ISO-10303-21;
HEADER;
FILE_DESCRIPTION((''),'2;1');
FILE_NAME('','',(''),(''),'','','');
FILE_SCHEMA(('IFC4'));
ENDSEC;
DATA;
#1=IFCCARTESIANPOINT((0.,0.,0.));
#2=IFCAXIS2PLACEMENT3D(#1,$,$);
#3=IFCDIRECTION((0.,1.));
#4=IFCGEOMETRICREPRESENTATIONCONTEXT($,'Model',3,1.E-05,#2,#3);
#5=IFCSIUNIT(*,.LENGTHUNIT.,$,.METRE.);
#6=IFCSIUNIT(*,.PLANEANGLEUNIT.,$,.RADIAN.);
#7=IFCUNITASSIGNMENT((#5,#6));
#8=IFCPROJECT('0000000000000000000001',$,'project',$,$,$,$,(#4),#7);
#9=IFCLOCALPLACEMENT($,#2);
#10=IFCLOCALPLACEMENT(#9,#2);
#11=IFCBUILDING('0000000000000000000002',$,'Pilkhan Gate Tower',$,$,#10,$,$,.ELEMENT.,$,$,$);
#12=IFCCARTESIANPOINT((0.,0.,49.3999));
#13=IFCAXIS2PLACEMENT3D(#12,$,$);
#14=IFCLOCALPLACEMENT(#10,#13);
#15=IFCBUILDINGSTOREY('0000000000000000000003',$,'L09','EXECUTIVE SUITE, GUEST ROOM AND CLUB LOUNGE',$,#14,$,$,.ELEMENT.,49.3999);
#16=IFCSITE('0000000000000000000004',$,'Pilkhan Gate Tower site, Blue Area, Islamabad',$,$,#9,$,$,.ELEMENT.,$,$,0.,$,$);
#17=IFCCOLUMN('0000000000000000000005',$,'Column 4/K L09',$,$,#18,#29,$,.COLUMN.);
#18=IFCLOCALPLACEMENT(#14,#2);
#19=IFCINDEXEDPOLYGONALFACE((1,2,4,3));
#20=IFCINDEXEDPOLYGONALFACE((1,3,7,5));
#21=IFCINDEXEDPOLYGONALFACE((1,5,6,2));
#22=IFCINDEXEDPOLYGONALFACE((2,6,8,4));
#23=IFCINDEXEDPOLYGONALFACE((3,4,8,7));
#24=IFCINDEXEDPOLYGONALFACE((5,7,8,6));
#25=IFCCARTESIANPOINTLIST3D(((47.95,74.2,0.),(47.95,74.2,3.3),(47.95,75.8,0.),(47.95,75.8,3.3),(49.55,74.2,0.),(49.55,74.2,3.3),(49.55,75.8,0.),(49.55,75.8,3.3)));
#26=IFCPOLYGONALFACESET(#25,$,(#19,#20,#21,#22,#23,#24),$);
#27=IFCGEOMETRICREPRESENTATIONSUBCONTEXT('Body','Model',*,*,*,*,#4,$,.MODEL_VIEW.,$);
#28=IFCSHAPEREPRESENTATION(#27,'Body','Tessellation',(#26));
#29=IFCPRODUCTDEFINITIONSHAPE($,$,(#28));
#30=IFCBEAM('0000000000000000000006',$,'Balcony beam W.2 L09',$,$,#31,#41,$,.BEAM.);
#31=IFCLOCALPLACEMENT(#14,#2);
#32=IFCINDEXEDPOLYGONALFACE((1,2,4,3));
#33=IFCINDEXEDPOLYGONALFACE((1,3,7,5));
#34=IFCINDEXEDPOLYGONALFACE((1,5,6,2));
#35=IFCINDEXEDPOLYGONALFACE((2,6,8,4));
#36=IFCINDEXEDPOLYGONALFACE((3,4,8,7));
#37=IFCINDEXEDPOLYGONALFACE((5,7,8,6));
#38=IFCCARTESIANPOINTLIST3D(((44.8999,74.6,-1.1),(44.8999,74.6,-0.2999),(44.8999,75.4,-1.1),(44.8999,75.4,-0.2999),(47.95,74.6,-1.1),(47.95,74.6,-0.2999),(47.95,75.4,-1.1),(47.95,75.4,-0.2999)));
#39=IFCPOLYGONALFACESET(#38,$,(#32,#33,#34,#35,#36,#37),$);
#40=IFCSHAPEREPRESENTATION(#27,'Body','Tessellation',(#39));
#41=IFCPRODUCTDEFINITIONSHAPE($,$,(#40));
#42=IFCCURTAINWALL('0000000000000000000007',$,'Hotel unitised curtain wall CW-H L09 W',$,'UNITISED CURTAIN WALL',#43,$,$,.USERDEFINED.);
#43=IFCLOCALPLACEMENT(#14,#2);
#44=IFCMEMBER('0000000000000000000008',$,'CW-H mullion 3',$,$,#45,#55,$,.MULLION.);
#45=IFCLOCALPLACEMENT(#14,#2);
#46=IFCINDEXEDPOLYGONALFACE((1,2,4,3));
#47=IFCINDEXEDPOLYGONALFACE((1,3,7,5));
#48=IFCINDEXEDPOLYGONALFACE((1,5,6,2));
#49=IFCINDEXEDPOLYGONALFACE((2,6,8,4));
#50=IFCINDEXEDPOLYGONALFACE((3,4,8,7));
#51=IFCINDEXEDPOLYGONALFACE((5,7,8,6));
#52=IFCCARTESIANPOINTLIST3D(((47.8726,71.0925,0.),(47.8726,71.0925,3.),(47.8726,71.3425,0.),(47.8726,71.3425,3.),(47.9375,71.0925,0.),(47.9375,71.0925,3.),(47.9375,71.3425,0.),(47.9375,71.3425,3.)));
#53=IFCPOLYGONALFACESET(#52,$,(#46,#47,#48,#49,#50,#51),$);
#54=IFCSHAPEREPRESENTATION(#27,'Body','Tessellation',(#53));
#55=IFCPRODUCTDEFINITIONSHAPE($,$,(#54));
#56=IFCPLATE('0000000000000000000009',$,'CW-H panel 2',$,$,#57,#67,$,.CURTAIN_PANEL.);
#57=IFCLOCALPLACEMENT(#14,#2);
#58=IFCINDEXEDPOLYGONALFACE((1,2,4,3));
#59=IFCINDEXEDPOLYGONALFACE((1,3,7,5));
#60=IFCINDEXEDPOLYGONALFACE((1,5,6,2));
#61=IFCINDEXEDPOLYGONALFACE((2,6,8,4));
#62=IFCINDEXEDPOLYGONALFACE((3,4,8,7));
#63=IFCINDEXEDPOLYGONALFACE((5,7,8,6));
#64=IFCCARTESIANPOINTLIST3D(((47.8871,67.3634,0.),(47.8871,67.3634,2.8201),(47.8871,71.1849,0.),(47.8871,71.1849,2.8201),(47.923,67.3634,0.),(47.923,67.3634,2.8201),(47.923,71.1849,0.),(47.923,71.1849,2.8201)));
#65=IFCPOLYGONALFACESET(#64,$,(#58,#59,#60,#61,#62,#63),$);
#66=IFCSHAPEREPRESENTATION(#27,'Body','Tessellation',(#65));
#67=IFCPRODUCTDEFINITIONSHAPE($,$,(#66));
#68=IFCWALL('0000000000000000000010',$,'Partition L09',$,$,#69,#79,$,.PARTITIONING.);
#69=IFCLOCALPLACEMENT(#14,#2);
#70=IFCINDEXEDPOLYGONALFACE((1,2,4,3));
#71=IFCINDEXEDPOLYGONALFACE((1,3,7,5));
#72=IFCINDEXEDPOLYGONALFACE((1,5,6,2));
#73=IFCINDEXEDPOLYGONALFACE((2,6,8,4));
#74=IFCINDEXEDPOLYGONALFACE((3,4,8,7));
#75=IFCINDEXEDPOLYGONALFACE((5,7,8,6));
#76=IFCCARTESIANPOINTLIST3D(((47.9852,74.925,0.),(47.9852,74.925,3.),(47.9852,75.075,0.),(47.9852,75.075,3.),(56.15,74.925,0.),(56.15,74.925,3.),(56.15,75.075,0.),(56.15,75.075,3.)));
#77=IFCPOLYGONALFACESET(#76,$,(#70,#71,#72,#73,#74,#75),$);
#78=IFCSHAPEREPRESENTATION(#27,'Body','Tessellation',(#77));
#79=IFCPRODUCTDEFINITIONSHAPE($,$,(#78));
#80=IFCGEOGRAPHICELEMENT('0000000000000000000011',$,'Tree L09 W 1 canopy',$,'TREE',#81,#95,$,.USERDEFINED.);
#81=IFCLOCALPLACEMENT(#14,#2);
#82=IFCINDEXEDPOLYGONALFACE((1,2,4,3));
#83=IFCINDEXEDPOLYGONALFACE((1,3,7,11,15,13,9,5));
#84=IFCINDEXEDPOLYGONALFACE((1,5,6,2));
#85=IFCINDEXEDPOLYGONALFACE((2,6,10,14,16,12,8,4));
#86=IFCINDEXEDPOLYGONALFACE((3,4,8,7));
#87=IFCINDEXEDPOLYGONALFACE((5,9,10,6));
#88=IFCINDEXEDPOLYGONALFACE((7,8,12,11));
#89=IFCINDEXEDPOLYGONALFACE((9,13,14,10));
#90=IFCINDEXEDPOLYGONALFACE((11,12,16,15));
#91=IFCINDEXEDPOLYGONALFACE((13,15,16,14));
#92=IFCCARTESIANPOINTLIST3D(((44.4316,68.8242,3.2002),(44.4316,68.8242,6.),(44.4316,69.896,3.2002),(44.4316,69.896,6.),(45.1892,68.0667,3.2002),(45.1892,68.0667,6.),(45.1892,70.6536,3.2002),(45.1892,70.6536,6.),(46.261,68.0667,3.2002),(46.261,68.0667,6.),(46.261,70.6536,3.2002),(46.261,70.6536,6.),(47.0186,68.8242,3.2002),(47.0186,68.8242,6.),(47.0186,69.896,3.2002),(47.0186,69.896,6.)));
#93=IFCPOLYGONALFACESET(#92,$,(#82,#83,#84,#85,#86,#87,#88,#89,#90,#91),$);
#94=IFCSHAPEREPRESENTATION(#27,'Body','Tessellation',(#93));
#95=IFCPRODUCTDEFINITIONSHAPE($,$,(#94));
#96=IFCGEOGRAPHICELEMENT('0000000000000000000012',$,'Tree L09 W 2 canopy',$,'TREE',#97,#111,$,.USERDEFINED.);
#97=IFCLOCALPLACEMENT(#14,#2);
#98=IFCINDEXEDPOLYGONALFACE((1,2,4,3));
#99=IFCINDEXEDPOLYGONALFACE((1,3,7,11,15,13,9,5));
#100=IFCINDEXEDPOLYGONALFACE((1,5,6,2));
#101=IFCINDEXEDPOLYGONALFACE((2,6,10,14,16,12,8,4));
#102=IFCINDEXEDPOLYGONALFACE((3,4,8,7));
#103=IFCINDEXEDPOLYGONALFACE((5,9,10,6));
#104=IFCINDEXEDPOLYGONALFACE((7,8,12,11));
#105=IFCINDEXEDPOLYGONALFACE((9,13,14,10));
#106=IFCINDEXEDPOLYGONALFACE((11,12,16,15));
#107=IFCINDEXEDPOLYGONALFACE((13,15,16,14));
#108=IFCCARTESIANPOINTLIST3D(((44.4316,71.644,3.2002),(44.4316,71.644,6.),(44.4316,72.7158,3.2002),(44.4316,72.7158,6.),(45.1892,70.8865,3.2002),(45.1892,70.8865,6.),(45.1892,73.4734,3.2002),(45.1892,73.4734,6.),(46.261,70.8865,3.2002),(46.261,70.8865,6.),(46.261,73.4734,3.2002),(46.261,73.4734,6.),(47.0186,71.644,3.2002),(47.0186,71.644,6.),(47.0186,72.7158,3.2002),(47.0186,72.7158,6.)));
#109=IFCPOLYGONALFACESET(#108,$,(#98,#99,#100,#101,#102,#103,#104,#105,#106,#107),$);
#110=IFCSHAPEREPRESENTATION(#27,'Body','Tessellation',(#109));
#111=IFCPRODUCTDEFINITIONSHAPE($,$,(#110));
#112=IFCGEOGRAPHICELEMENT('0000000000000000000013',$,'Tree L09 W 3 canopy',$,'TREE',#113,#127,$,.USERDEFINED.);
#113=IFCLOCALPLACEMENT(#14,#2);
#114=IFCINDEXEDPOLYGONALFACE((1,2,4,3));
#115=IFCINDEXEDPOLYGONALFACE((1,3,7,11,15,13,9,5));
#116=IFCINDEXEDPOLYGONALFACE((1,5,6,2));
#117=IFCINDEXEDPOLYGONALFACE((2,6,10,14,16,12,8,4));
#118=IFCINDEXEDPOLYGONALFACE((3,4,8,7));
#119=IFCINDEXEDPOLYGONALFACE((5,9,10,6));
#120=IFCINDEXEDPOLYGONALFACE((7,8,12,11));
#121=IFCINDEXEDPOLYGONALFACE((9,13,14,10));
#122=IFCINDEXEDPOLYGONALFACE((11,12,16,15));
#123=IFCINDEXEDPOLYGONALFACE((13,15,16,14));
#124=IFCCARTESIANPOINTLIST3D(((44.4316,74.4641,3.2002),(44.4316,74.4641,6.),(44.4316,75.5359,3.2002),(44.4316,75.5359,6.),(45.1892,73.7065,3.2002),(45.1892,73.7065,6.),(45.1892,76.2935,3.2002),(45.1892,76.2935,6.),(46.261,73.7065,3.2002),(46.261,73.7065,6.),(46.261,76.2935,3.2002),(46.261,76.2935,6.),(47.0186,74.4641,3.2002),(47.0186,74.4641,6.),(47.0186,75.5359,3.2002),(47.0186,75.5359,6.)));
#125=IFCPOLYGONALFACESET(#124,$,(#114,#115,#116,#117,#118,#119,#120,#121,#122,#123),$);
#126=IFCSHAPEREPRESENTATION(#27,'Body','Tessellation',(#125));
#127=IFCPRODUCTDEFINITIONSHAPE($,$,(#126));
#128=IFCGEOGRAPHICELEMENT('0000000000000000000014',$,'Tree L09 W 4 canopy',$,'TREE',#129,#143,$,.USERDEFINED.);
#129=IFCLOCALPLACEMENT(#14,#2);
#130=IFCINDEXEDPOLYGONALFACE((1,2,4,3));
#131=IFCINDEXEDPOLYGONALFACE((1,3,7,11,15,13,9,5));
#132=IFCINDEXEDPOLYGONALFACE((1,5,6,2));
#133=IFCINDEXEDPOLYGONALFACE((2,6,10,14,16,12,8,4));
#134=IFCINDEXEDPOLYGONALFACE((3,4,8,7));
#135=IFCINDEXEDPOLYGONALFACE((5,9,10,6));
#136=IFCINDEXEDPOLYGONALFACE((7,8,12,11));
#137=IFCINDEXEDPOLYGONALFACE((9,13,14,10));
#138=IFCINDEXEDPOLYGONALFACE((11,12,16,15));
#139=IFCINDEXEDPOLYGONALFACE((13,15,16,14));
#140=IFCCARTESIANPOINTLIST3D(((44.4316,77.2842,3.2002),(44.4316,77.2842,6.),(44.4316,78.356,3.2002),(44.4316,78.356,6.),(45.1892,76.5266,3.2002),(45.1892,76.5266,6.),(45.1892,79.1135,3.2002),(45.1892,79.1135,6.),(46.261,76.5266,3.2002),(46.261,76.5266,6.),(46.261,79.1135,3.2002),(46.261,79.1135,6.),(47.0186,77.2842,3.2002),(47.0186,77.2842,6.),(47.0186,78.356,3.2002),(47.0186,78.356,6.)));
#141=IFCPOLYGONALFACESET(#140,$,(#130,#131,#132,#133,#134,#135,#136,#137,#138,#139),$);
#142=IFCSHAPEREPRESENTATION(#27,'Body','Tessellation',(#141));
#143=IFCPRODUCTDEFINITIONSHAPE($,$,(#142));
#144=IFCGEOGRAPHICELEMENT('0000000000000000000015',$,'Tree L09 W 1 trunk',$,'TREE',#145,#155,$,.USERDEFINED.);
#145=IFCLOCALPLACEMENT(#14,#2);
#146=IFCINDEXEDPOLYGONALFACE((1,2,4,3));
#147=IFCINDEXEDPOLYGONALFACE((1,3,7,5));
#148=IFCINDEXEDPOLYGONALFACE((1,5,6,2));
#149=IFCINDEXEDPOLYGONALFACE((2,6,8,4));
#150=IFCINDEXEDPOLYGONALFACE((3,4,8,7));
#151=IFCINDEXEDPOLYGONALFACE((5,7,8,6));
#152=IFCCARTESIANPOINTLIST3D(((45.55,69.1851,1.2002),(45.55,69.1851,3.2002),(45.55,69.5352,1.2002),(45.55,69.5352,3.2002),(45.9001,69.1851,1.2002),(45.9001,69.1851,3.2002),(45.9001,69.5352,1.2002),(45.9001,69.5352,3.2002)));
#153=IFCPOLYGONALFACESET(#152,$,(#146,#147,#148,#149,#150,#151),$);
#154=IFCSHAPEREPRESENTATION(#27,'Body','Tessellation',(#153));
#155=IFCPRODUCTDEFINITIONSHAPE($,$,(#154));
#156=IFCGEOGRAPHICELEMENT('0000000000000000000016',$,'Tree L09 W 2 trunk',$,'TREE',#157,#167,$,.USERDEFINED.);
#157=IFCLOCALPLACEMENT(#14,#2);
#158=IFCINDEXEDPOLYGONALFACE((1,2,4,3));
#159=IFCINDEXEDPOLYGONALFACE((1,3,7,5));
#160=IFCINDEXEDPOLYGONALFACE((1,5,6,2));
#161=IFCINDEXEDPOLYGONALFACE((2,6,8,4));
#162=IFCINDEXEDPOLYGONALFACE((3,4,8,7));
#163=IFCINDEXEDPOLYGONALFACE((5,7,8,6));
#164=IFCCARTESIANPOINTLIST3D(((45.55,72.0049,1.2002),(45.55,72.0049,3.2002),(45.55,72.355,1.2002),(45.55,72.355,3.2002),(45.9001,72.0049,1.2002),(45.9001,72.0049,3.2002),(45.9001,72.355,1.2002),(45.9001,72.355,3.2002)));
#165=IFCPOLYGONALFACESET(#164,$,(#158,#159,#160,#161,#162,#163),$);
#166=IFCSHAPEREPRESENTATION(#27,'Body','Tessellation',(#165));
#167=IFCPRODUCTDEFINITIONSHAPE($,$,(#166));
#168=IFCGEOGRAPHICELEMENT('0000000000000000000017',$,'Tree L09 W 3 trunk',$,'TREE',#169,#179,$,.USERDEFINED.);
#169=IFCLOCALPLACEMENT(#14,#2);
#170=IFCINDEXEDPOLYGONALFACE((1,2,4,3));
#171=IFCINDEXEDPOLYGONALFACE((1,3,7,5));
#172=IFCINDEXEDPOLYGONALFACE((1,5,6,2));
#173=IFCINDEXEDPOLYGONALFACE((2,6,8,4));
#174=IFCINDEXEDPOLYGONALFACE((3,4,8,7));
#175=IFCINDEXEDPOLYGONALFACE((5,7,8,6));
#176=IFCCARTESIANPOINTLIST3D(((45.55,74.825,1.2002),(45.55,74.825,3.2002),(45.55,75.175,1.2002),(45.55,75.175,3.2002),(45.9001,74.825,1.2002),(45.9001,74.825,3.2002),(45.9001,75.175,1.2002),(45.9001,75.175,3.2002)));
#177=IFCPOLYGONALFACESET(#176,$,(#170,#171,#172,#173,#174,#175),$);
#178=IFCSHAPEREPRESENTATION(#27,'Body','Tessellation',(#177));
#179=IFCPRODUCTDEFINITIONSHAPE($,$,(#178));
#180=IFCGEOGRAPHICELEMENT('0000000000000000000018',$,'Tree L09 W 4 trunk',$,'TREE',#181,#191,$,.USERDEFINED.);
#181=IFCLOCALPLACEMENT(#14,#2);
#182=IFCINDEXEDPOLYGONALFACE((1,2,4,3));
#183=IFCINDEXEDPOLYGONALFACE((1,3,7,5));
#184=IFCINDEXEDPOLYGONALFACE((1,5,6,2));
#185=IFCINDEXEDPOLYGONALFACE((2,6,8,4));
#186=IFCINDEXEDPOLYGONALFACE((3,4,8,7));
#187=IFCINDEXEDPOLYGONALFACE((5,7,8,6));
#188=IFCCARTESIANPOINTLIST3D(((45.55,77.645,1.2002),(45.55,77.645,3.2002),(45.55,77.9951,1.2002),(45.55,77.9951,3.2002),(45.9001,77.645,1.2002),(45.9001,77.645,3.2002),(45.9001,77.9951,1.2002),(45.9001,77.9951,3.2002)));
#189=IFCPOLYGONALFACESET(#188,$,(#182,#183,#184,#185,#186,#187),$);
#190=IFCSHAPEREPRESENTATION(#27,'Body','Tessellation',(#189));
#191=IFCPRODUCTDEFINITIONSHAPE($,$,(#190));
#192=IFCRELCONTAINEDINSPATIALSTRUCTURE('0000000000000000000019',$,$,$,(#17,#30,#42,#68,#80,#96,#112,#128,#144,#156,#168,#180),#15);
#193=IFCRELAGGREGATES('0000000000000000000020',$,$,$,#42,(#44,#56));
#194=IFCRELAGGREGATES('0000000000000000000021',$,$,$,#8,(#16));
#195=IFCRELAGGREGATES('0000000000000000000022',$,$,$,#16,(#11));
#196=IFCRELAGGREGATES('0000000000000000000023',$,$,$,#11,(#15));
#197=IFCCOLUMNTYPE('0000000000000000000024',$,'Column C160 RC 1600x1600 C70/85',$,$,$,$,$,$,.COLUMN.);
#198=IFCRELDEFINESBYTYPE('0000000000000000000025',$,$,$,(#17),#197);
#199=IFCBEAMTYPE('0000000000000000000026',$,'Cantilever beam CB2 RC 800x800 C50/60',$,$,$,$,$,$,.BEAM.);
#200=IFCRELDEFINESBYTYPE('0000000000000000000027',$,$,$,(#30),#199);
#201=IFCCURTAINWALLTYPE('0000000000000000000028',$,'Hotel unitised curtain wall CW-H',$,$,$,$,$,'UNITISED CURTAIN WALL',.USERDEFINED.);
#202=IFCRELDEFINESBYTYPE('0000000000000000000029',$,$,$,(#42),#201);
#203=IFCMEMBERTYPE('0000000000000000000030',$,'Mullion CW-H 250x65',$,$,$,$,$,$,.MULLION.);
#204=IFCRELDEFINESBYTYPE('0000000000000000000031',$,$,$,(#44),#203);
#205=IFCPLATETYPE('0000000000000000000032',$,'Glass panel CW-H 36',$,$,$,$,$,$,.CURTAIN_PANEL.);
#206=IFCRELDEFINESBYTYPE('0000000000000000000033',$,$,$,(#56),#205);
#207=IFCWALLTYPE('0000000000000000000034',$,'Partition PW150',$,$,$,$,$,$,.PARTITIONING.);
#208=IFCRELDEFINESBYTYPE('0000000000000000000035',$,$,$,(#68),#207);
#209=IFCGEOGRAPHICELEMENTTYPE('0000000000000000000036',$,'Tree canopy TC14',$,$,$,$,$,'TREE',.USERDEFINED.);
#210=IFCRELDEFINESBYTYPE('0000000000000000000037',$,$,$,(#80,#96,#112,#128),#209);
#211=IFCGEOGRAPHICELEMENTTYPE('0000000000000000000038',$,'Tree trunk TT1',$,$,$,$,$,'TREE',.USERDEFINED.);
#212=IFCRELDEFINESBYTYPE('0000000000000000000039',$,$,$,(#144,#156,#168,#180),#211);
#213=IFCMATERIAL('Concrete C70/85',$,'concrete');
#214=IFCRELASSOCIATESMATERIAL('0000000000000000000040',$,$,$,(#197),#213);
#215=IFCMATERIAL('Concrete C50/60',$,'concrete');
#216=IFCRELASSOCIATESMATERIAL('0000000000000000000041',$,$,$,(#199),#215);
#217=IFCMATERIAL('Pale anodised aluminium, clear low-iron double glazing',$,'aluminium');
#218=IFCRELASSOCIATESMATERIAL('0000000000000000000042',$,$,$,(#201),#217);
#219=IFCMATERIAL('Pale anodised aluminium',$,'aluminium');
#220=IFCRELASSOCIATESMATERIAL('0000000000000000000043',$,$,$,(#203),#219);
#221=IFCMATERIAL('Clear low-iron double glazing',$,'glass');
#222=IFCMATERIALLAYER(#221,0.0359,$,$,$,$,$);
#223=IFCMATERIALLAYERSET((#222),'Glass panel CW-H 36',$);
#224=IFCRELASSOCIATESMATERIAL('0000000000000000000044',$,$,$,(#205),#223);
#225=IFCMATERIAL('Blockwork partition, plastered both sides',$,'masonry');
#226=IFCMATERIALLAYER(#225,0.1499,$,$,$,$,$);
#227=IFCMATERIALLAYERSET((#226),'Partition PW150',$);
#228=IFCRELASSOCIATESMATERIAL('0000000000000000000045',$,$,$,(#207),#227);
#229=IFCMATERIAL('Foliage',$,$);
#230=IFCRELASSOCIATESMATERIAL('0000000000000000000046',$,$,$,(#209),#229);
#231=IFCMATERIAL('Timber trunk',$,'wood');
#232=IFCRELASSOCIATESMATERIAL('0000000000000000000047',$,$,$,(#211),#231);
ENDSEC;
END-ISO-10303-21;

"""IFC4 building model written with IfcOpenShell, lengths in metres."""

from ifc_helpers import new_model, si_unit, direction, frame, frame_2d, origin, origin_2d, place, context, subcontext, project, spatial, polyline, rectangle, outline, extrude, material, layer, layer_set, material_profile, profile_set, type_object, element, aggregate, save


model = new_model("IFC4")

# Units and contexts
model_context = context("Model", 3, precision=1e-05, world=origin(), true_north=direction((0.0, 1.0)))
body_context = subcontext(model_context, "Body", "Model", "MODEL_VIEW")
ifc_project = project(units=[si_unit("LENGTHUNIT", "METRE"), si_unit("PLANEANGLEUNIT", "RADIAN")], contexts=[model_context])

# Site, building, storey
site_placement = place(None, origin())
site = spatial("IfcSite", under=ifc_project, at=site_placement, Name="Pilkhan Gate Tower site, Blue Area, Islamabad", CompositionType="ELEMENT", RefElevation=0.0)
building_placement = place(site_placement, origin())
building = spatial("IfcBuilding", under=site, at=building_placement, Name="Pilkhan Gate Tower", CompositionType="ELEMENT")
storey_placement = place(building_placement, frame((0.0, 0.0, 49.3999)))
storey = spatial("IfcBuildingStorey", under=building, at=storey_placement, Name="L09", Description="EXECUTIVE SUITE, GUEST ROOM AND CLUB LOUNGE", CompositionType="ELEMENT", Elevation=49.3999)

# Column
ifc_material_1 = material(Name="Concrete C70/85", Category="concrete")
ifc_material_profile_1 = material_profile(ifc_material_1, rectangle(XDim=1.6001, YDim=1.6001, at=origin_2d()), Name="RC 1600x1600")
ifc_profile_set_1 = profile_set([ifc_material_profile_1], Name="Concrete C70/85")
column_type = type_object("IfcColumnType", Name="Column C160 RC 1600x1600 C70/85", PredefinedType="COLUMN", material=ifc_profile_set_1)
column_placement = place(storey_placement, frame((48.75, 75.0, 0.0), z_axis=(0.0, 0.0, 1.0), x_axis=(1.0, 0.0, 0.0)))
element("IfcColumn", 1, at=column_placement, inside=storey, type_object=column_type, Name="Column 4/K L09", PredefinedType="COLUMN", context=body_context, shape_type="SweptSolid", body=[
    extrude(rectangle(XDim=1.6001, YDim=1.6001, at=origin_2d()), origin(), (0.0, 0.0, 1.0), 3.3),
])

# Beam
ifc_material_2 = material(Name="Concrete C50/60", Category="concrete")
ifc_material_profile_2 = material_profile(ifc_material_2, rectangle(XDim=0.8, YDim=0.8, at=origin_2d()), Name="RC 800x800")
ifc_profile_set_2 = profile_set([ifc_material_profile_2], Name="Concrete C50/60")
beam_type = type_object("IfcBeamType", Name="Cantilever beam CB2 RC 800x800 C50/60", PredefinedType="BEAM", material=ifc_profile_set_2)
beam_placement = place(storey_placement, frame((47.95, 75.0, -0.7), z_axis=(-1.0, 0.0, 0.0), x_axis=(0.0, -1.0, 0.0)))
element("IfcBeam", 2, at=beam_placement, inside=storey, type_object=beam_type, Name="Balcony beam W.2 L09", PredefinedType="BEAM", context=body_context, shape_type="SweptSolid", body=[
    extrude(rectangle(XDim=0.8, YDim=0.8, at=origin_2d()), origin(), (0.0, 0.0, 1.0), 3.05),
])

# Curtain wall, member, plate
ifc_material_3 = material(Name="Pale anodised aluminium, clear low-iron double glazing", Category="aluminium")
curtain_wall_type = type_object("IfcCurtainWallType", Name="Hotel unitised curtain wall CW-H", ElementType="UNITISED CURTAIN WALL", PredefinedType="USERDEFINED", material=ifc_material_3)
curtain_wall_placement = place(storey_placement, origin())
curtain_wall = element("IfcCurtainWall", 3, at=curtain_wall_placement, inside=storey, type_object=curtain_wall_type, Name="Hotel unitised curtain wall CW-H L09 W", ObjectType="UNITISED CURTAIN WALL", PredefinedType="USERDEFINED")
ifc_material_4 = material(Name="Pale anodised aluminium", Category="aluminium")
ifc_material_profile_3 = material_profile(ifc_material_4, rectangle(XDim=0.0649, YDim=0.25, at=origin_2d()), Name="Mullion 250x65")
ifc_profile_set_3 = profile_set([ifc_material_profile_3], Name="Pale anodised aluminium")
member_type = type_object("IfcMemberType", Name="Mullion CW-H 250x65", PredefinedType="MULLION", material=ifc_profile_set_3)
member_placement = place(storey_placement, frame((47.905, 71.2175, 0.0), z_axis=(0.0, 0.0, 1.0), x_axis=(-1.0, 0.0, 0.0)))
member = element("IfcMember", 4, at=member_placement, type_object=member_type, Name="CW-H mullion 3", PredefinedType="MULLION", context=body_context, shape_type="SweptSolid", body=[
    extrude(rectangle(XDim=0.0649, YDim=0.25, at=origin_2d()), origin(), (0.0, 0.0, 1.0), 3.0),
])
ifc_material_5 = material(Name="Clear low-iron double glazing", Category="glass")
ifc_layer_1 = layer(ifc_material_5, 0.0359)
ifc_layer_set_1 = layer_set([ifc_layer_1], Name="Glass panel CW-H 36")
plate_type = type_object("IfcPlateType", Name="Glass panel CW-H 36", PredefinedType="CURTAIN_PANEL", material=ifc_layer_set_1)
plate_placement = place(storey_placement, frame((47.905, 69.2742, 0.0), z_axis=(0.0, 0.0, 1.0), x_axis=(0.0, 1.0, 0.0)))
plate = element("IfcPlate", 5, at=plate_placement, type_object=plate_type, Name="CW-H panel 2", PredefinedType="CURTAIN_PANEL", context=body_context, shape_type="SweptSolid", body=[
    extrude(rectangle(XDim=3.8215, YDim=0.0359, at=origin_2d()), origin(), (0.0, 0.0, 1.0), 2.8201),
])
aggregate(curtain_wall, [member, plate])

# Wall
ifc_material_6 = material(Name="Blockwork partition, plastered both sides", Category="masonry")
ifc_layer_2 = layer(ifc_material_6, 0.1499)
ifc_layer_set_2 = layer_set([ifc_layer_2], Name="Partition PW150")
wall_type_1 = type_object("IfcWallType", Name="Partition PW150", PredefinedType="PARTITIONING", material=ifc_layer_set_2)
wall_1_placement = place(storey_placement, frame((47.9851, 75.0, 0.0), z_axis=(0.0, 0.0, 1.0), x_axis=(1.0, 0.0, 0.0)))
element("IfcWall", 6, at=wall_1_placement, inside=storey, type_object=wall_type_1, Name="Partition L09", PredefinedType="PARTITIONING", context=body_context, shape_type="SweptSolid", body=[
    extrude(rectangle(XDim=8.1648, YDim=0.1499, at=frame_2d((4.0825, 0.0))), origin(), (0.0, 0.0, 1.0), 3.0),
])

# Geographic elements
ifc_material_7 = material(Name="Foliage")
ifc_material_profile_4 = material_profile(ifc_material_7, outline(polyline([(1.2935, 0.5359), (0.5359, 1.2935), (-0.5359, 1.2935), (-1.2935, 0.5359), (-1.2935, -0.5359), (-0.5359, -1.2935), (0.5359, -1.2935), (1.2935, -0.5359), (1.2935, 0.5359)])), Name="Canopy D2.8")
ifc_profile_set_4 = profile_set([ifc_material_profile_4], Name="Foliage")
geographic_element_type_1 = type_object("IfcGeographicElementType", Name="Tree canopy TC14", ElementType="TREE", PredefinedType="USERDEFINED", material=ifc_profile_set_4)
for number, where, z_axis, x_axis, name in (
    (7, (45.7251, 69.3601, 3.2002), (0.0, 0.0, 1.0), (1.0, 0.0, 0.0), "Tree L09 W 1 canopy"),
    (8, (45.7251, 72.1799, 3.2002), (0.0, 0.0, 1.0), (1.0, 0.0, 0.0), "Tree L09 W 2 canopy"),
    (9, (45.7251, 75.0, 3.2002), (0.0, 0.0, 1.0), (1.0, 0.0, 0.0), "Tree L09 W 3 canopy"),
    (10, (45.7251, 77.8201, 3.2002), (0.0, 0.0, 1.0), (1.0, 0.0, 0.0), "Tree L09 W 4 canopy"),
):
    element("IfcGeographicElement", number, at=place(storey_placement, frame(where, z_axis=z_axis, x_axis=x_axis)), inside=storey, type_object=geographic_element_type_1, Name=name, ObjectType="TREE", PredefinedType="USERDEFINED", context=body_context, shape_type="SweptSolid", body=[
        extrude(outline(polyline([(1.2935, 0.5359), (0.5359, 1.2935), (-0.5359, 1.2935), (-1.2935, 0.5359), (-1.2935, -0.5359), (-0.5359, -1.2935), (0.5359, -1.2935), (1.2935, -0.5359), (1.2935, 0.5359)])), origin(), (0.0, 0.0, 1.0), 2.7998),
    ])
ifc_material_8 = material(Name="Timber trunk", Category="wood")
geographic_element_type_2 = type_object("IfcGeographicElementType", Name="Tree trunk TT1", ElementType="TREE", PredefinedType="USERDEFINED", material=ifc_material_8)
for number, where, z_axis, x_axis, name in (
    (11, (45.7251, 69.3601, 1.2002), (0.0, 0.0, 1.0), (1.0, 0.0, 0.0), "Tree L09 W 1 trunk"),
    (12, (45.7251, 72.1799, 1.2002), (0.0, 0.0, 1.0), (1.0, 0.0, 0.0), "Tree L09 W 2 trunk"),
    (13, (45.7251, 75.0, 1.2002), (0.0, 0.0, 1.0), (1.0, 0.0, 0.0), "Tree L09 W 3 trunk"),
    (14, (45.7251, 77.8201, 1.2002), (0.0, 0.0, 1.0), (1.0, 0.0, 0.0), "Tree L09 W 4 trunk"),
):
    element("IfcGeographicElement", number, at=place(storey_placement, frame(where, z_axis=z_axis, x_axis=x_axis)), inside=storey, type_object=geographic_element_type_2, Name=name, ObjectType="TREE", PredefinedType="USERDEFINED", context=body_context, shape_type="SweptSolid", body=[
        extrude(rectangle(XDim=0.3501, YDim=0.3501, at=origin_2d()), origin(), (0.0, 0.0, 1.0), 2.0),
    ])

save(model, "model.ifc")
